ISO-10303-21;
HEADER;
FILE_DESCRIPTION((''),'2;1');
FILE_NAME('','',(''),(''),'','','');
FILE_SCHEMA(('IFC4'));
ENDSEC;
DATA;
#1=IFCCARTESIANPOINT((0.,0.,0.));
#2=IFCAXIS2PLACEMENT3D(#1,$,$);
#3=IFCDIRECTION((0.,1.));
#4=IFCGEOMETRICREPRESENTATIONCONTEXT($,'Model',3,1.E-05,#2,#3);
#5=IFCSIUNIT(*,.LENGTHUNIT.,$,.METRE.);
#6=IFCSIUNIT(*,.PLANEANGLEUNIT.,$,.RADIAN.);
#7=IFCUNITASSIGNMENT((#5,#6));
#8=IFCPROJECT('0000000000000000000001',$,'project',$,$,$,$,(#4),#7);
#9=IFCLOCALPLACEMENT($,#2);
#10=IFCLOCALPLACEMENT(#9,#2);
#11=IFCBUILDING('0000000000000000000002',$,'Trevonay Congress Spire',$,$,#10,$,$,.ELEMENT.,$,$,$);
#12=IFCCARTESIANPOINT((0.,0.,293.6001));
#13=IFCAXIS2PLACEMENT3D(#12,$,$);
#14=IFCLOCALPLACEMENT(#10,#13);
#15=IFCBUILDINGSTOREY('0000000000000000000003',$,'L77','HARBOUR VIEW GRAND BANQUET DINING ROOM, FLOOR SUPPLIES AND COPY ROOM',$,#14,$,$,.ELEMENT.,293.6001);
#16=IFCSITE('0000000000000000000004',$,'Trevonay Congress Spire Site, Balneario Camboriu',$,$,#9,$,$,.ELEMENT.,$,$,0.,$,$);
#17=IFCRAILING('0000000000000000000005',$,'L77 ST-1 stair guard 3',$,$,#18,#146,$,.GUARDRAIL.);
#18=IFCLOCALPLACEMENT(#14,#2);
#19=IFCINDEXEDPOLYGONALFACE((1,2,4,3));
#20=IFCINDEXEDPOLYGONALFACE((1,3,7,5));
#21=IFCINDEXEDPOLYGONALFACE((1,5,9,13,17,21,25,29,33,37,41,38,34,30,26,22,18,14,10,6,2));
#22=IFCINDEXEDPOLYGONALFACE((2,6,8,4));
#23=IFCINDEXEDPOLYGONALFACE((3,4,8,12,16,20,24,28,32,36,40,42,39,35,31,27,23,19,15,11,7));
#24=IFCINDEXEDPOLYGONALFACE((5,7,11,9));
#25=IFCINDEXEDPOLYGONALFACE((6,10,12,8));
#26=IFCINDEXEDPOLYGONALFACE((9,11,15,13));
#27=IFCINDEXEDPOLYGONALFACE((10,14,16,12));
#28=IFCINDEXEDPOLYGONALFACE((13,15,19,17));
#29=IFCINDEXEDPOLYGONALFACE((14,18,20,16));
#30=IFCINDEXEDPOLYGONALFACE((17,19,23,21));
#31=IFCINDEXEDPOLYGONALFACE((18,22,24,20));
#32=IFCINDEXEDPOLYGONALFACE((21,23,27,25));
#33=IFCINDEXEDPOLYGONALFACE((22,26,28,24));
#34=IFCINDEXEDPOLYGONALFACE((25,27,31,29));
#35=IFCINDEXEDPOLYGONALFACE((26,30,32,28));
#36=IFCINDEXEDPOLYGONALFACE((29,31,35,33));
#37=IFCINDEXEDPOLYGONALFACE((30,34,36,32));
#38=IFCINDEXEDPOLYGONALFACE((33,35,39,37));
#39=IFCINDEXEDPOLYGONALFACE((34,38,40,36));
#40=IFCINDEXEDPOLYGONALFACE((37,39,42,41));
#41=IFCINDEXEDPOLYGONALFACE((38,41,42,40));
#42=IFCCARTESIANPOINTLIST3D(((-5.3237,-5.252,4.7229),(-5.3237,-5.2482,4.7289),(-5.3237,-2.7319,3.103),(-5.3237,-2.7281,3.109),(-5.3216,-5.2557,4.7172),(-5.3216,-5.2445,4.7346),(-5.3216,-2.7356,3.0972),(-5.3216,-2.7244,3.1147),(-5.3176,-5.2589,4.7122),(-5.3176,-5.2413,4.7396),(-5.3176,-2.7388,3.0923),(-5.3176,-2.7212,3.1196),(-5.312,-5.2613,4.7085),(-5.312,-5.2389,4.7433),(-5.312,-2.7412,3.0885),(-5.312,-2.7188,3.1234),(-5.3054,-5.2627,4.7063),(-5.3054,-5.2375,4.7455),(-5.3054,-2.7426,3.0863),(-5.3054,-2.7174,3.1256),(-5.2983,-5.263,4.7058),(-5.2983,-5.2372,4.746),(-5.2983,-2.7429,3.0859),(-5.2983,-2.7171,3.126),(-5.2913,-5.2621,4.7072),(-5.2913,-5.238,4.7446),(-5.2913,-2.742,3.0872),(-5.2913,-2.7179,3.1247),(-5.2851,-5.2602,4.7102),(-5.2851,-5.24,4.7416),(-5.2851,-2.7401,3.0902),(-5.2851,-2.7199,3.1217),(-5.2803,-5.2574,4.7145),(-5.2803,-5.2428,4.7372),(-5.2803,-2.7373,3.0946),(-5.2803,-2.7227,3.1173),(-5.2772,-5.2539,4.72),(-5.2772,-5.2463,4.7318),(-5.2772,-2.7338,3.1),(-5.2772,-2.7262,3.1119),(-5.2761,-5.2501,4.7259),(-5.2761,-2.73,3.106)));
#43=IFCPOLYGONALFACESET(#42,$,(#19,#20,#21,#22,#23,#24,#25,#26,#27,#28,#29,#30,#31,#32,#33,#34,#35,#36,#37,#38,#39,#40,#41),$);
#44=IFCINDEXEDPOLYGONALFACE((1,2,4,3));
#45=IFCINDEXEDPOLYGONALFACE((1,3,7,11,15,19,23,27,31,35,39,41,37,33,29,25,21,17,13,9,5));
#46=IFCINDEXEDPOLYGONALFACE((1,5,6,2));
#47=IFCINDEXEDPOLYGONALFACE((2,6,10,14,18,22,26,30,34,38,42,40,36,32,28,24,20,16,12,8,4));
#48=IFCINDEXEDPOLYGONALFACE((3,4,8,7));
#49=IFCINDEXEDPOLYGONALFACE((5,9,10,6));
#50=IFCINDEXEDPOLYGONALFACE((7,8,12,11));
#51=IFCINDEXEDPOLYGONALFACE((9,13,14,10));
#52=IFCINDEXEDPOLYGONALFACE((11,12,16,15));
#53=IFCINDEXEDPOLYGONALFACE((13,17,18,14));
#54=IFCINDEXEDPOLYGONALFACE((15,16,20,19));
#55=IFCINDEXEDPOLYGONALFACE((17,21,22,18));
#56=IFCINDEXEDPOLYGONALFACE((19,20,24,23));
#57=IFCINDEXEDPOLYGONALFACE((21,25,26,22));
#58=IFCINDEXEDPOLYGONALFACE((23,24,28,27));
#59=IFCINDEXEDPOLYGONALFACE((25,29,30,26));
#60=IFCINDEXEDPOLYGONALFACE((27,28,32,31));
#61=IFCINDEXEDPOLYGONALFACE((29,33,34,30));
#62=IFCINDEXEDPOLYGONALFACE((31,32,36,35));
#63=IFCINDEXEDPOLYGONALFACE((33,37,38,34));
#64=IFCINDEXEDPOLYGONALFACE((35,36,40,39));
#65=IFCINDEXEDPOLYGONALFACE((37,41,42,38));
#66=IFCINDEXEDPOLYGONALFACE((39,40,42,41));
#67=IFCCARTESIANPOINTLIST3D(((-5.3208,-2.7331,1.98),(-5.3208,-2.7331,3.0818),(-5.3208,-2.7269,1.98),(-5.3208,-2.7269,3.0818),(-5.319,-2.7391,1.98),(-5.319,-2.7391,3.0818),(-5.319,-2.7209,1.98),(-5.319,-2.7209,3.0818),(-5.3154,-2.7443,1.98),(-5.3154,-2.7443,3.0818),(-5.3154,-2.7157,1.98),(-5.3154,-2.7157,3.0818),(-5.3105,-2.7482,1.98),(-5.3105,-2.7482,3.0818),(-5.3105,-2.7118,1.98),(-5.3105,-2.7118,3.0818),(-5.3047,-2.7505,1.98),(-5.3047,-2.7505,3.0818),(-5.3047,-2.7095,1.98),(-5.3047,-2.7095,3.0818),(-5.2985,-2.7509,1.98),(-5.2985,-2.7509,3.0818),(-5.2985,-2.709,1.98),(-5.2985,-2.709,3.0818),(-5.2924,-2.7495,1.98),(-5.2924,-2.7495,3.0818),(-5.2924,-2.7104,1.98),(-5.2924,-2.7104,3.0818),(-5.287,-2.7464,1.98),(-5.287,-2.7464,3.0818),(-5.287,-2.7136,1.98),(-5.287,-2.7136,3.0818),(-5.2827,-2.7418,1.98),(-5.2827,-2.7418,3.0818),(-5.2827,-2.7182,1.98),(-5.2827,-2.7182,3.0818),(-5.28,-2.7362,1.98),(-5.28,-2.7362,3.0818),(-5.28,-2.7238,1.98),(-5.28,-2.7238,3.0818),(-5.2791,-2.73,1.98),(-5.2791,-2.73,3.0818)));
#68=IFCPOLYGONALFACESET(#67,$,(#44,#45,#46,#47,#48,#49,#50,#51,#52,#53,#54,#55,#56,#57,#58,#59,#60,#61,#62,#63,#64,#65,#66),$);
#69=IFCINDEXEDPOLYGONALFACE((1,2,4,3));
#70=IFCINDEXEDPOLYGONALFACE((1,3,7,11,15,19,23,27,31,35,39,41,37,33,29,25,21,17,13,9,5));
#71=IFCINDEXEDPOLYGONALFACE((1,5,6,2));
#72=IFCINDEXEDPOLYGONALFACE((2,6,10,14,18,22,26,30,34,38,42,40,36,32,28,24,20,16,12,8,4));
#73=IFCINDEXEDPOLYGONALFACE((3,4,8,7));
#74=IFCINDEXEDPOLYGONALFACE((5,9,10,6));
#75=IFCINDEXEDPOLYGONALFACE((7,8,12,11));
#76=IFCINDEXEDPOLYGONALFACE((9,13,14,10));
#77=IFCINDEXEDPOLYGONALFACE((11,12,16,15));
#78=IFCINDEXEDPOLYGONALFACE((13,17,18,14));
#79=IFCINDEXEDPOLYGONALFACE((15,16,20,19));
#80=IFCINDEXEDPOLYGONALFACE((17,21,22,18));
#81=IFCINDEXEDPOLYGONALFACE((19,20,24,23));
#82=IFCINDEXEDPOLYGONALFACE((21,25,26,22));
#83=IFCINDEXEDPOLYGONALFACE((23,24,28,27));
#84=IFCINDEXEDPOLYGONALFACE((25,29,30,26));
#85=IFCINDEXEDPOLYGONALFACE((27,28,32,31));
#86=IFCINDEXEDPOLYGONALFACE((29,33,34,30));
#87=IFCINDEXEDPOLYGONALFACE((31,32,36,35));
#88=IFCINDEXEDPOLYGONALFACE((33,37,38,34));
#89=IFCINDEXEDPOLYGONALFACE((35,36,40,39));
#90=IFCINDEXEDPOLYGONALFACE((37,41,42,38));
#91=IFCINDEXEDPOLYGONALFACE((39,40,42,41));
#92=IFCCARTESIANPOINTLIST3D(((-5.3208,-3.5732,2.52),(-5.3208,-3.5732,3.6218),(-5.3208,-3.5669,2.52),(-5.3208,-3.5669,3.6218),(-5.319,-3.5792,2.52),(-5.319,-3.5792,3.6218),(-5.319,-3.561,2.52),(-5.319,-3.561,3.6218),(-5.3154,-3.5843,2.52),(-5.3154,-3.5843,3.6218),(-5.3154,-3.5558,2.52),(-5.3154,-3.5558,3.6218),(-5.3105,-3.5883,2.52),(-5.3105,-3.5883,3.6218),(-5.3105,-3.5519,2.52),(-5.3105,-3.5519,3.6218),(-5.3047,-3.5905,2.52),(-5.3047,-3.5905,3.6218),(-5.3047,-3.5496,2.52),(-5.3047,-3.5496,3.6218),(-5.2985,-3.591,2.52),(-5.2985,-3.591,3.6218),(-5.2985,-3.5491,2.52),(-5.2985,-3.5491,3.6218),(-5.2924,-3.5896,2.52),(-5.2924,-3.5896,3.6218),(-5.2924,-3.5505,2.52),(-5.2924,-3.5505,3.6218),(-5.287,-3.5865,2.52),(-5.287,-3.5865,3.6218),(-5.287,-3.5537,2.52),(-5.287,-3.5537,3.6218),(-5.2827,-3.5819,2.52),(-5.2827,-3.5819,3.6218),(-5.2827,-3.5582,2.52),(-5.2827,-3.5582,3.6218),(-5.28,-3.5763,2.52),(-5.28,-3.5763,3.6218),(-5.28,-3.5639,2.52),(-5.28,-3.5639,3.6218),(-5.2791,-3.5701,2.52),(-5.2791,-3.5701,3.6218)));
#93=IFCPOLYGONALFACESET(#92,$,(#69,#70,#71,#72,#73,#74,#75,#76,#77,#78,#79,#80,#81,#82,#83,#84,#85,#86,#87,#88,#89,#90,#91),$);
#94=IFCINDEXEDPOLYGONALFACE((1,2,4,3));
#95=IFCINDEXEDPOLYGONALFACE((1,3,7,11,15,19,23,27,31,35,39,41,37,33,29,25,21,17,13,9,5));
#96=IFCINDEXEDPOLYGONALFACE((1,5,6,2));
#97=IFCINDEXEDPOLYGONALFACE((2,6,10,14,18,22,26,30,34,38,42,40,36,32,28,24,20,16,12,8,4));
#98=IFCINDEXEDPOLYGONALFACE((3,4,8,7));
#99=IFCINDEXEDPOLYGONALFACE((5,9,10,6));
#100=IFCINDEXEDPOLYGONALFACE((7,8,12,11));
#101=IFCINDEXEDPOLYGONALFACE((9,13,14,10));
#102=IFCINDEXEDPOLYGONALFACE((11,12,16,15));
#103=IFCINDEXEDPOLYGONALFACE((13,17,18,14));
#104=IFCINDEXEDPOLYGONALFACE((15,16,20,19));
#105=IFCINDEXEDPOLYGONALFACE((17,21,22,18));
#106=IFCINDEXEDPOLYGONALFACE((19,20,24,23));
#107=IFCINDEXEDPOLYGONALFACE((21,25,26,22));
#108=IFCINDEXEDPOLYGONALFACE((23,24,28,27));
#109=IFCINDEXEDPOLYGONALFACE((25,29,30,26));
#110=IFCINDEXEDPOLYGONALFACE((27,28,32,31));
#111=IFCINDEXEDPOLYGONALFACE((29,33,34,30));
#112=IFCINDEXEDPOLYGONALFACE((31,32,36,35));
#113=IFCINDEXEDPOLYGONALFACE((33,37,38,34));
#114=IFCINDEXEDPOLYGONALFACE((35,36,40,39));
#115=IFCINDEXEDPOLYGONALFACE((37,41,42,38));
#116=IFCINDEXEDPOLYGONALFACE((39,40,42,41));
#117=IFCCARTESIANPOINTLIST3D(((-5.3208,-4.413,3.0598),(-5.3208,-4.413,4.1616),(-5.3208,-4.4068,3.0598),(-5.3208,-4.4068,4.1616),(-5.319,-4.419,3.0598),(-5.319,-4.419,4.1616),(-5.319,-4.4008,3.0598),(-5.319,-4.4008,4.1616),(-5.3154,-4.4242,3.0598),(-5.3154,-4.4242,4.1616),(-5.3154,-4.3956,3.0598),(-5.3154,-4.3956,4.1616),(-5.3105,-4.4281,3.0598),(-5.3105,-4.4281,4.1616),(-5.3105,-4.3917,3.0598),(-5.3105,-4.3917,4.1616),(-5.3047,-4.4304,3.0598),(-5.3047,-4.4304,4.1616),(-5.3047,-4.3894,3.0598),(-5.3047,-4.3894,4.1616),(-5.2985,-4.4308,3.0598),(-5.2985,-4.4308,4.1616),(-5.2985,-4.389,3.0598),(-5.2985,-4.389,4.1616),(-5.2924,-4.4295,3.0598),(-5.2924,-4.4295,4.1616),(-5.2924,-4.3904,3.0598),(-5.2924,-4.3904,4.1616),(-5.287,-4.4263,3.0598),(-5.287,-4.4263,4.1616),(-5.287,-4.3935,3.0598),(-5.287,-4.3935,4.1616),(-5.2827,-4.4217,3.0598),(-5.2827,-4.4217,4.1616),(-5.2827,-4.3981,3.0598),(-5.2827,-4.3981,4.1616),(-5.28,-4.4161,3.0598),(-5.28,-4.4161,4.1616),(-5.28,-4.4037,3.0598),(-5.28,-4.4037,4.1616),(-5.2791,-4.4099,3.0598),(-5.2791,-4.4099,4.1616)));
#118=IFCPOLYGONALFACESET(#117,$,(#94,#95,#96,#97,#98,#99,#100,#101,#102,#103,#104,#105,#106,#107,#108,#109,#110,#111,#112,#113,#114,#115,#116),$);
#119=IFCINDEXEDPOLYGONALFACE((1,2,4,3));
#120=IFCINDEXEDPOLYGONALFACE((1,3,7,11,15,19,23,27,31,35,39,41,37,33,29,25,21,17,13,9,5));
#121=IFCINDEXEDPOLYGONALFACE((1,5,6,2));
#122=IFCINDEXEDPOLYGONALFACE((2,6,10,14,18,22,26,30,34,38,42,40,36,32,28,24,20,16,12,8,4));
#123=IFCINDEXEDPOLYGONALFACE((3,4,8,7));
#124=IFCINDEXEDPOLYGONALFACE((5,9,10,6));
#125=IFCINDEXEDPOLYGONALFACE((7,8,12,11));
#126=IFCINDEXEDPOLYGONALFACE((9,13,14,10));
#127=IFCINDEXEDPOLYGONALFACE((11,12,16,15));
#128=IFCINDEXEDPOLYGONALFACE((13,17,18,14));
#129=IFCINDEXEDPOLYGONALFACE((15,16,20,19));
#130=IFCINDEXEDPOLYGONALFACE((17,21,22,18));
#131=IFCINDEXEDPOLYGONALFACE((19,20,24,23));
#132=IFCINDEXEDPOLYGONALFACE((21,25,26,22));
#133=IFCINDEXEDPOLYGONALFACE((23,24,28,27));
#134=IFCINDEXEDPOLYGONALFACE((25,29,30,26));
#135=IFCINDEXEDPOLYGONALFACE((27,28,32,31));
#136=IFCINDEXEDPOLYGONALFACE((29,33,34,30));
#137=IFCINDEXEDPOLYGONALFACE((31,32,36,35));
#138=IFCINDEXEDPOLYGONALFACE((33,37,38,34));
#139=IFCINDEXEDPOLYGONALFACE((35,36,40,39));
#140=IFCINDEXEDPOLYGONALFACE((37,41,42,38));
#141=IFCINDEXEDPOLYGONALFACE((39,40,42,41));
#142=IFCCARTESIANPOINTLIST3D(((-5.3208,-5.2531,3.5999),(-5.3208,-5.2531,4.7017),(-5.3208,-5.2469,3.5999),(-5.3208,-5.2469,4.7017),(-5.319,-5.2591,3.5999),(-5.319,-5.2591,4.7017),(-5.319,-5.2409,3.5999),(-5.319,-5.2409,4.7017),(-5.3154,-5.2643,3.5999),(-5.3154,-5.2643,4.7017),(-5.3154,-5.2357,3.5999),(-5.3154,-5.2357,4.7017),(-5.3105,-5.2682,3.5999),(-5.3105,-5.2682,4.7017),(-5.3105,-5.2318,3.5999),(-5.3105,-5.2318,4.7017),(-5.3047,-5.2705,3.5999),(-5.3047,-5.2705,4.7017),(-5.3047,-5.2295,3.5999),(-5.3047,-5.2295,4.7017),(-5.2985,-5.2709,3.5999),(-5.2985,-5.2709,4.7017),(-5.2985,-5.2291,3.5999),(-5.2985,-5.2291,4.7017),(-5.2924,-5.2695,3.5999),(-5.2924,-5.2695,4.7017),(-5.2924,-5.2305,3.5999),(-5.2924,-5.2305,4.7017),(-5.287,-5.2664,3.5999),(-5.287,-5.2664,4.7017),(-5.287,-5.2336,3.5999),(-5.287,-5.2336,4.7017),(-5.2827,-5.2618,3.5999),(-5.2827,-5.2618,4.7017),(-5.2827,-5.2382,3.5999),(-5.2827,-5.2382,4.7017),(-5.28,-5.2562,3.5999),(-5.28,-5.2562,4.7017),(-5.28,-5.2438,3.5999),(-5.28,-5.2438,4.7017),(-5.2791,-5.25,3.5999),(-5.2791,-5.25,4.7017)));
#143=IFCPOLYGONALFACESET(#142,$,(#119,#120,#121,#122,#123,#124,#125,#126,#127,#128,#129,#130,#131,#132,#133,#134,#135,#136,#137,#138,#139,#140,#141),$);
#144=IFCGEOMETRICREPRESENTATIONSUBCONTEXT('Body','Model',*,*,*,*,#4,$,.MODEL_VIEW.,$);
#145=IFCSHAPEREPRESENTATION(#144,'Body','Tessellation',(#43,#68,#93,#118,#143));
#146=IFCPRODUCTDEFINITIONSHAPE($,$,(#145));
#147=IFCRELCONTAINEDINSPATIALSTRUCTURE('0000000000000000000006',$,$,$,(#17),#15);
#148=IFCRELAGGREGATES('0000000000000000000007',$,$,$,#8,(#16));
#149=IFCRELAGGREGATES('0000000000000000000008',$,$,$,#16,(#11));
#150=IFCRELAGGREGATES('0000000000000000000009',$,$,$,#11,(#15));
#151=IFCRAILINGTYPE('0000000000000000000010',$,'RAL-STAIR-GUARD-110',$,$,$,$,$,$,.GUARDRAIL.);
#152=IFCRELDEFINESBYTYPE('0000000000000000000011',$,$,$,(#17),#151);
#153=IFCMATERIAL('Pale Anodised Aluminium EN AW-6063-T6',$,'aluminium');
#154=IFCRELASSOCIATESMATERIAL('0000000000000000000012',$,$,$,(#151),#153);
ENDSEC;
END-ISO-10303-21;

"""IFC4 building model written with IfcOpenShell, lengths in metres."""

from ifc_helpers import new_model, si_unit, direction, frame, origin, origin_2d, place, context, subcontext, project, spatial, circle, extrude, material, type_object, element, save


model = new_model("IFC4")

# Units and contexts
model_context = context("Model", 3, precision=1e-05, world=origin(), true_north=direction((0.0, 1.0)))
body_context = subcontext(model_context, "Body", "Model", "MODEL_VIEW")
ifc_project = project(units=[si_unit("LENGTHUNIT", "METRE"), si_unit("PLANEANGLEUNIT", "RADIAN")], contexts=[model_context])

# Site, building, storey
site_placement = place(None, origin())
site = spatial("IfcSite", under=ifc_project, at=site_placement, Name="Trevonay Congress Spire Site, Balneario Camboriu", CompositionType="ELEMENT", RefElevation=0.0)
building_placement = place(site_placement, origin())
building = spatial("IfcBuilding", under=site, at=building_placement, Name="Trevonay Congress Spire", CompositionType="ELEMENT")
storey_placement = place(building_placement, frame((0.0, 0.0, 293.6001)))
storey = spatial("IfcBuildingStorey", under=building, at=storey_placement, Name="L77", Description="HARBOUR VIEW GRAND BANQUET DINING ROOM, FLOOR SUPPLIES AND COPY ROOM", CompositionType="ELEMENT", Elevation=293.6001)

# Railing
ifc_material_1 = material(Name="Pale Anodised Aluminium EN AW-6063-T6", Category="aluminium")
railing_type_1 = type_object("IfcRailingType", Name="RAL-STAIR-GUARD-110", PredefinedType="GUARDRAIL", material=ifc_material_1)
railing_1_placement = place(storey_placement, frame((-5.3, -2.73, 1.98)))
element("IfcRailing", 1, at=railing_1_placement, inside=storey, type_object=railing_type_1, Name="L77 ST-1 stair guard 3", PredefinedType="GUARDRAIL", context=body_context, shape_type="SweptSolid", body=[
    extrude(circle(Radius=0.0239, at=origin_2d()), frame((0.0, 0.0, 1.126), z_axis=(0.0, -0.8412, 0.540725), x_axis=(1.0, 0.0, 0.0)), (0.0, 0.0, 1.0), 2.9958),
    extrude(circle(Radius=0.021, at=origin_2d()), origin(), (0.0, 0.0, 1.0), 1.1018),
    extrude(circle(Radius=0.021, at=origin_2d()), frame((0.0, -0.8401, 0.54)), (0.0, 0.0, 1.0), 1.1018),
    extrude(circle(Radius=0.021, at=origin_2d()), frame((0.0, -1.6799, 1.0798)), (0.0, 0.0, 1.0), 1.1018),
    extrude(circle(Radius=0.021, at=origin_2d()), frame((0.0, -2.52, 1.6199)), (0.0, 0.0, 1.0), 1.1018),
])

save(model, "model.ifc")
